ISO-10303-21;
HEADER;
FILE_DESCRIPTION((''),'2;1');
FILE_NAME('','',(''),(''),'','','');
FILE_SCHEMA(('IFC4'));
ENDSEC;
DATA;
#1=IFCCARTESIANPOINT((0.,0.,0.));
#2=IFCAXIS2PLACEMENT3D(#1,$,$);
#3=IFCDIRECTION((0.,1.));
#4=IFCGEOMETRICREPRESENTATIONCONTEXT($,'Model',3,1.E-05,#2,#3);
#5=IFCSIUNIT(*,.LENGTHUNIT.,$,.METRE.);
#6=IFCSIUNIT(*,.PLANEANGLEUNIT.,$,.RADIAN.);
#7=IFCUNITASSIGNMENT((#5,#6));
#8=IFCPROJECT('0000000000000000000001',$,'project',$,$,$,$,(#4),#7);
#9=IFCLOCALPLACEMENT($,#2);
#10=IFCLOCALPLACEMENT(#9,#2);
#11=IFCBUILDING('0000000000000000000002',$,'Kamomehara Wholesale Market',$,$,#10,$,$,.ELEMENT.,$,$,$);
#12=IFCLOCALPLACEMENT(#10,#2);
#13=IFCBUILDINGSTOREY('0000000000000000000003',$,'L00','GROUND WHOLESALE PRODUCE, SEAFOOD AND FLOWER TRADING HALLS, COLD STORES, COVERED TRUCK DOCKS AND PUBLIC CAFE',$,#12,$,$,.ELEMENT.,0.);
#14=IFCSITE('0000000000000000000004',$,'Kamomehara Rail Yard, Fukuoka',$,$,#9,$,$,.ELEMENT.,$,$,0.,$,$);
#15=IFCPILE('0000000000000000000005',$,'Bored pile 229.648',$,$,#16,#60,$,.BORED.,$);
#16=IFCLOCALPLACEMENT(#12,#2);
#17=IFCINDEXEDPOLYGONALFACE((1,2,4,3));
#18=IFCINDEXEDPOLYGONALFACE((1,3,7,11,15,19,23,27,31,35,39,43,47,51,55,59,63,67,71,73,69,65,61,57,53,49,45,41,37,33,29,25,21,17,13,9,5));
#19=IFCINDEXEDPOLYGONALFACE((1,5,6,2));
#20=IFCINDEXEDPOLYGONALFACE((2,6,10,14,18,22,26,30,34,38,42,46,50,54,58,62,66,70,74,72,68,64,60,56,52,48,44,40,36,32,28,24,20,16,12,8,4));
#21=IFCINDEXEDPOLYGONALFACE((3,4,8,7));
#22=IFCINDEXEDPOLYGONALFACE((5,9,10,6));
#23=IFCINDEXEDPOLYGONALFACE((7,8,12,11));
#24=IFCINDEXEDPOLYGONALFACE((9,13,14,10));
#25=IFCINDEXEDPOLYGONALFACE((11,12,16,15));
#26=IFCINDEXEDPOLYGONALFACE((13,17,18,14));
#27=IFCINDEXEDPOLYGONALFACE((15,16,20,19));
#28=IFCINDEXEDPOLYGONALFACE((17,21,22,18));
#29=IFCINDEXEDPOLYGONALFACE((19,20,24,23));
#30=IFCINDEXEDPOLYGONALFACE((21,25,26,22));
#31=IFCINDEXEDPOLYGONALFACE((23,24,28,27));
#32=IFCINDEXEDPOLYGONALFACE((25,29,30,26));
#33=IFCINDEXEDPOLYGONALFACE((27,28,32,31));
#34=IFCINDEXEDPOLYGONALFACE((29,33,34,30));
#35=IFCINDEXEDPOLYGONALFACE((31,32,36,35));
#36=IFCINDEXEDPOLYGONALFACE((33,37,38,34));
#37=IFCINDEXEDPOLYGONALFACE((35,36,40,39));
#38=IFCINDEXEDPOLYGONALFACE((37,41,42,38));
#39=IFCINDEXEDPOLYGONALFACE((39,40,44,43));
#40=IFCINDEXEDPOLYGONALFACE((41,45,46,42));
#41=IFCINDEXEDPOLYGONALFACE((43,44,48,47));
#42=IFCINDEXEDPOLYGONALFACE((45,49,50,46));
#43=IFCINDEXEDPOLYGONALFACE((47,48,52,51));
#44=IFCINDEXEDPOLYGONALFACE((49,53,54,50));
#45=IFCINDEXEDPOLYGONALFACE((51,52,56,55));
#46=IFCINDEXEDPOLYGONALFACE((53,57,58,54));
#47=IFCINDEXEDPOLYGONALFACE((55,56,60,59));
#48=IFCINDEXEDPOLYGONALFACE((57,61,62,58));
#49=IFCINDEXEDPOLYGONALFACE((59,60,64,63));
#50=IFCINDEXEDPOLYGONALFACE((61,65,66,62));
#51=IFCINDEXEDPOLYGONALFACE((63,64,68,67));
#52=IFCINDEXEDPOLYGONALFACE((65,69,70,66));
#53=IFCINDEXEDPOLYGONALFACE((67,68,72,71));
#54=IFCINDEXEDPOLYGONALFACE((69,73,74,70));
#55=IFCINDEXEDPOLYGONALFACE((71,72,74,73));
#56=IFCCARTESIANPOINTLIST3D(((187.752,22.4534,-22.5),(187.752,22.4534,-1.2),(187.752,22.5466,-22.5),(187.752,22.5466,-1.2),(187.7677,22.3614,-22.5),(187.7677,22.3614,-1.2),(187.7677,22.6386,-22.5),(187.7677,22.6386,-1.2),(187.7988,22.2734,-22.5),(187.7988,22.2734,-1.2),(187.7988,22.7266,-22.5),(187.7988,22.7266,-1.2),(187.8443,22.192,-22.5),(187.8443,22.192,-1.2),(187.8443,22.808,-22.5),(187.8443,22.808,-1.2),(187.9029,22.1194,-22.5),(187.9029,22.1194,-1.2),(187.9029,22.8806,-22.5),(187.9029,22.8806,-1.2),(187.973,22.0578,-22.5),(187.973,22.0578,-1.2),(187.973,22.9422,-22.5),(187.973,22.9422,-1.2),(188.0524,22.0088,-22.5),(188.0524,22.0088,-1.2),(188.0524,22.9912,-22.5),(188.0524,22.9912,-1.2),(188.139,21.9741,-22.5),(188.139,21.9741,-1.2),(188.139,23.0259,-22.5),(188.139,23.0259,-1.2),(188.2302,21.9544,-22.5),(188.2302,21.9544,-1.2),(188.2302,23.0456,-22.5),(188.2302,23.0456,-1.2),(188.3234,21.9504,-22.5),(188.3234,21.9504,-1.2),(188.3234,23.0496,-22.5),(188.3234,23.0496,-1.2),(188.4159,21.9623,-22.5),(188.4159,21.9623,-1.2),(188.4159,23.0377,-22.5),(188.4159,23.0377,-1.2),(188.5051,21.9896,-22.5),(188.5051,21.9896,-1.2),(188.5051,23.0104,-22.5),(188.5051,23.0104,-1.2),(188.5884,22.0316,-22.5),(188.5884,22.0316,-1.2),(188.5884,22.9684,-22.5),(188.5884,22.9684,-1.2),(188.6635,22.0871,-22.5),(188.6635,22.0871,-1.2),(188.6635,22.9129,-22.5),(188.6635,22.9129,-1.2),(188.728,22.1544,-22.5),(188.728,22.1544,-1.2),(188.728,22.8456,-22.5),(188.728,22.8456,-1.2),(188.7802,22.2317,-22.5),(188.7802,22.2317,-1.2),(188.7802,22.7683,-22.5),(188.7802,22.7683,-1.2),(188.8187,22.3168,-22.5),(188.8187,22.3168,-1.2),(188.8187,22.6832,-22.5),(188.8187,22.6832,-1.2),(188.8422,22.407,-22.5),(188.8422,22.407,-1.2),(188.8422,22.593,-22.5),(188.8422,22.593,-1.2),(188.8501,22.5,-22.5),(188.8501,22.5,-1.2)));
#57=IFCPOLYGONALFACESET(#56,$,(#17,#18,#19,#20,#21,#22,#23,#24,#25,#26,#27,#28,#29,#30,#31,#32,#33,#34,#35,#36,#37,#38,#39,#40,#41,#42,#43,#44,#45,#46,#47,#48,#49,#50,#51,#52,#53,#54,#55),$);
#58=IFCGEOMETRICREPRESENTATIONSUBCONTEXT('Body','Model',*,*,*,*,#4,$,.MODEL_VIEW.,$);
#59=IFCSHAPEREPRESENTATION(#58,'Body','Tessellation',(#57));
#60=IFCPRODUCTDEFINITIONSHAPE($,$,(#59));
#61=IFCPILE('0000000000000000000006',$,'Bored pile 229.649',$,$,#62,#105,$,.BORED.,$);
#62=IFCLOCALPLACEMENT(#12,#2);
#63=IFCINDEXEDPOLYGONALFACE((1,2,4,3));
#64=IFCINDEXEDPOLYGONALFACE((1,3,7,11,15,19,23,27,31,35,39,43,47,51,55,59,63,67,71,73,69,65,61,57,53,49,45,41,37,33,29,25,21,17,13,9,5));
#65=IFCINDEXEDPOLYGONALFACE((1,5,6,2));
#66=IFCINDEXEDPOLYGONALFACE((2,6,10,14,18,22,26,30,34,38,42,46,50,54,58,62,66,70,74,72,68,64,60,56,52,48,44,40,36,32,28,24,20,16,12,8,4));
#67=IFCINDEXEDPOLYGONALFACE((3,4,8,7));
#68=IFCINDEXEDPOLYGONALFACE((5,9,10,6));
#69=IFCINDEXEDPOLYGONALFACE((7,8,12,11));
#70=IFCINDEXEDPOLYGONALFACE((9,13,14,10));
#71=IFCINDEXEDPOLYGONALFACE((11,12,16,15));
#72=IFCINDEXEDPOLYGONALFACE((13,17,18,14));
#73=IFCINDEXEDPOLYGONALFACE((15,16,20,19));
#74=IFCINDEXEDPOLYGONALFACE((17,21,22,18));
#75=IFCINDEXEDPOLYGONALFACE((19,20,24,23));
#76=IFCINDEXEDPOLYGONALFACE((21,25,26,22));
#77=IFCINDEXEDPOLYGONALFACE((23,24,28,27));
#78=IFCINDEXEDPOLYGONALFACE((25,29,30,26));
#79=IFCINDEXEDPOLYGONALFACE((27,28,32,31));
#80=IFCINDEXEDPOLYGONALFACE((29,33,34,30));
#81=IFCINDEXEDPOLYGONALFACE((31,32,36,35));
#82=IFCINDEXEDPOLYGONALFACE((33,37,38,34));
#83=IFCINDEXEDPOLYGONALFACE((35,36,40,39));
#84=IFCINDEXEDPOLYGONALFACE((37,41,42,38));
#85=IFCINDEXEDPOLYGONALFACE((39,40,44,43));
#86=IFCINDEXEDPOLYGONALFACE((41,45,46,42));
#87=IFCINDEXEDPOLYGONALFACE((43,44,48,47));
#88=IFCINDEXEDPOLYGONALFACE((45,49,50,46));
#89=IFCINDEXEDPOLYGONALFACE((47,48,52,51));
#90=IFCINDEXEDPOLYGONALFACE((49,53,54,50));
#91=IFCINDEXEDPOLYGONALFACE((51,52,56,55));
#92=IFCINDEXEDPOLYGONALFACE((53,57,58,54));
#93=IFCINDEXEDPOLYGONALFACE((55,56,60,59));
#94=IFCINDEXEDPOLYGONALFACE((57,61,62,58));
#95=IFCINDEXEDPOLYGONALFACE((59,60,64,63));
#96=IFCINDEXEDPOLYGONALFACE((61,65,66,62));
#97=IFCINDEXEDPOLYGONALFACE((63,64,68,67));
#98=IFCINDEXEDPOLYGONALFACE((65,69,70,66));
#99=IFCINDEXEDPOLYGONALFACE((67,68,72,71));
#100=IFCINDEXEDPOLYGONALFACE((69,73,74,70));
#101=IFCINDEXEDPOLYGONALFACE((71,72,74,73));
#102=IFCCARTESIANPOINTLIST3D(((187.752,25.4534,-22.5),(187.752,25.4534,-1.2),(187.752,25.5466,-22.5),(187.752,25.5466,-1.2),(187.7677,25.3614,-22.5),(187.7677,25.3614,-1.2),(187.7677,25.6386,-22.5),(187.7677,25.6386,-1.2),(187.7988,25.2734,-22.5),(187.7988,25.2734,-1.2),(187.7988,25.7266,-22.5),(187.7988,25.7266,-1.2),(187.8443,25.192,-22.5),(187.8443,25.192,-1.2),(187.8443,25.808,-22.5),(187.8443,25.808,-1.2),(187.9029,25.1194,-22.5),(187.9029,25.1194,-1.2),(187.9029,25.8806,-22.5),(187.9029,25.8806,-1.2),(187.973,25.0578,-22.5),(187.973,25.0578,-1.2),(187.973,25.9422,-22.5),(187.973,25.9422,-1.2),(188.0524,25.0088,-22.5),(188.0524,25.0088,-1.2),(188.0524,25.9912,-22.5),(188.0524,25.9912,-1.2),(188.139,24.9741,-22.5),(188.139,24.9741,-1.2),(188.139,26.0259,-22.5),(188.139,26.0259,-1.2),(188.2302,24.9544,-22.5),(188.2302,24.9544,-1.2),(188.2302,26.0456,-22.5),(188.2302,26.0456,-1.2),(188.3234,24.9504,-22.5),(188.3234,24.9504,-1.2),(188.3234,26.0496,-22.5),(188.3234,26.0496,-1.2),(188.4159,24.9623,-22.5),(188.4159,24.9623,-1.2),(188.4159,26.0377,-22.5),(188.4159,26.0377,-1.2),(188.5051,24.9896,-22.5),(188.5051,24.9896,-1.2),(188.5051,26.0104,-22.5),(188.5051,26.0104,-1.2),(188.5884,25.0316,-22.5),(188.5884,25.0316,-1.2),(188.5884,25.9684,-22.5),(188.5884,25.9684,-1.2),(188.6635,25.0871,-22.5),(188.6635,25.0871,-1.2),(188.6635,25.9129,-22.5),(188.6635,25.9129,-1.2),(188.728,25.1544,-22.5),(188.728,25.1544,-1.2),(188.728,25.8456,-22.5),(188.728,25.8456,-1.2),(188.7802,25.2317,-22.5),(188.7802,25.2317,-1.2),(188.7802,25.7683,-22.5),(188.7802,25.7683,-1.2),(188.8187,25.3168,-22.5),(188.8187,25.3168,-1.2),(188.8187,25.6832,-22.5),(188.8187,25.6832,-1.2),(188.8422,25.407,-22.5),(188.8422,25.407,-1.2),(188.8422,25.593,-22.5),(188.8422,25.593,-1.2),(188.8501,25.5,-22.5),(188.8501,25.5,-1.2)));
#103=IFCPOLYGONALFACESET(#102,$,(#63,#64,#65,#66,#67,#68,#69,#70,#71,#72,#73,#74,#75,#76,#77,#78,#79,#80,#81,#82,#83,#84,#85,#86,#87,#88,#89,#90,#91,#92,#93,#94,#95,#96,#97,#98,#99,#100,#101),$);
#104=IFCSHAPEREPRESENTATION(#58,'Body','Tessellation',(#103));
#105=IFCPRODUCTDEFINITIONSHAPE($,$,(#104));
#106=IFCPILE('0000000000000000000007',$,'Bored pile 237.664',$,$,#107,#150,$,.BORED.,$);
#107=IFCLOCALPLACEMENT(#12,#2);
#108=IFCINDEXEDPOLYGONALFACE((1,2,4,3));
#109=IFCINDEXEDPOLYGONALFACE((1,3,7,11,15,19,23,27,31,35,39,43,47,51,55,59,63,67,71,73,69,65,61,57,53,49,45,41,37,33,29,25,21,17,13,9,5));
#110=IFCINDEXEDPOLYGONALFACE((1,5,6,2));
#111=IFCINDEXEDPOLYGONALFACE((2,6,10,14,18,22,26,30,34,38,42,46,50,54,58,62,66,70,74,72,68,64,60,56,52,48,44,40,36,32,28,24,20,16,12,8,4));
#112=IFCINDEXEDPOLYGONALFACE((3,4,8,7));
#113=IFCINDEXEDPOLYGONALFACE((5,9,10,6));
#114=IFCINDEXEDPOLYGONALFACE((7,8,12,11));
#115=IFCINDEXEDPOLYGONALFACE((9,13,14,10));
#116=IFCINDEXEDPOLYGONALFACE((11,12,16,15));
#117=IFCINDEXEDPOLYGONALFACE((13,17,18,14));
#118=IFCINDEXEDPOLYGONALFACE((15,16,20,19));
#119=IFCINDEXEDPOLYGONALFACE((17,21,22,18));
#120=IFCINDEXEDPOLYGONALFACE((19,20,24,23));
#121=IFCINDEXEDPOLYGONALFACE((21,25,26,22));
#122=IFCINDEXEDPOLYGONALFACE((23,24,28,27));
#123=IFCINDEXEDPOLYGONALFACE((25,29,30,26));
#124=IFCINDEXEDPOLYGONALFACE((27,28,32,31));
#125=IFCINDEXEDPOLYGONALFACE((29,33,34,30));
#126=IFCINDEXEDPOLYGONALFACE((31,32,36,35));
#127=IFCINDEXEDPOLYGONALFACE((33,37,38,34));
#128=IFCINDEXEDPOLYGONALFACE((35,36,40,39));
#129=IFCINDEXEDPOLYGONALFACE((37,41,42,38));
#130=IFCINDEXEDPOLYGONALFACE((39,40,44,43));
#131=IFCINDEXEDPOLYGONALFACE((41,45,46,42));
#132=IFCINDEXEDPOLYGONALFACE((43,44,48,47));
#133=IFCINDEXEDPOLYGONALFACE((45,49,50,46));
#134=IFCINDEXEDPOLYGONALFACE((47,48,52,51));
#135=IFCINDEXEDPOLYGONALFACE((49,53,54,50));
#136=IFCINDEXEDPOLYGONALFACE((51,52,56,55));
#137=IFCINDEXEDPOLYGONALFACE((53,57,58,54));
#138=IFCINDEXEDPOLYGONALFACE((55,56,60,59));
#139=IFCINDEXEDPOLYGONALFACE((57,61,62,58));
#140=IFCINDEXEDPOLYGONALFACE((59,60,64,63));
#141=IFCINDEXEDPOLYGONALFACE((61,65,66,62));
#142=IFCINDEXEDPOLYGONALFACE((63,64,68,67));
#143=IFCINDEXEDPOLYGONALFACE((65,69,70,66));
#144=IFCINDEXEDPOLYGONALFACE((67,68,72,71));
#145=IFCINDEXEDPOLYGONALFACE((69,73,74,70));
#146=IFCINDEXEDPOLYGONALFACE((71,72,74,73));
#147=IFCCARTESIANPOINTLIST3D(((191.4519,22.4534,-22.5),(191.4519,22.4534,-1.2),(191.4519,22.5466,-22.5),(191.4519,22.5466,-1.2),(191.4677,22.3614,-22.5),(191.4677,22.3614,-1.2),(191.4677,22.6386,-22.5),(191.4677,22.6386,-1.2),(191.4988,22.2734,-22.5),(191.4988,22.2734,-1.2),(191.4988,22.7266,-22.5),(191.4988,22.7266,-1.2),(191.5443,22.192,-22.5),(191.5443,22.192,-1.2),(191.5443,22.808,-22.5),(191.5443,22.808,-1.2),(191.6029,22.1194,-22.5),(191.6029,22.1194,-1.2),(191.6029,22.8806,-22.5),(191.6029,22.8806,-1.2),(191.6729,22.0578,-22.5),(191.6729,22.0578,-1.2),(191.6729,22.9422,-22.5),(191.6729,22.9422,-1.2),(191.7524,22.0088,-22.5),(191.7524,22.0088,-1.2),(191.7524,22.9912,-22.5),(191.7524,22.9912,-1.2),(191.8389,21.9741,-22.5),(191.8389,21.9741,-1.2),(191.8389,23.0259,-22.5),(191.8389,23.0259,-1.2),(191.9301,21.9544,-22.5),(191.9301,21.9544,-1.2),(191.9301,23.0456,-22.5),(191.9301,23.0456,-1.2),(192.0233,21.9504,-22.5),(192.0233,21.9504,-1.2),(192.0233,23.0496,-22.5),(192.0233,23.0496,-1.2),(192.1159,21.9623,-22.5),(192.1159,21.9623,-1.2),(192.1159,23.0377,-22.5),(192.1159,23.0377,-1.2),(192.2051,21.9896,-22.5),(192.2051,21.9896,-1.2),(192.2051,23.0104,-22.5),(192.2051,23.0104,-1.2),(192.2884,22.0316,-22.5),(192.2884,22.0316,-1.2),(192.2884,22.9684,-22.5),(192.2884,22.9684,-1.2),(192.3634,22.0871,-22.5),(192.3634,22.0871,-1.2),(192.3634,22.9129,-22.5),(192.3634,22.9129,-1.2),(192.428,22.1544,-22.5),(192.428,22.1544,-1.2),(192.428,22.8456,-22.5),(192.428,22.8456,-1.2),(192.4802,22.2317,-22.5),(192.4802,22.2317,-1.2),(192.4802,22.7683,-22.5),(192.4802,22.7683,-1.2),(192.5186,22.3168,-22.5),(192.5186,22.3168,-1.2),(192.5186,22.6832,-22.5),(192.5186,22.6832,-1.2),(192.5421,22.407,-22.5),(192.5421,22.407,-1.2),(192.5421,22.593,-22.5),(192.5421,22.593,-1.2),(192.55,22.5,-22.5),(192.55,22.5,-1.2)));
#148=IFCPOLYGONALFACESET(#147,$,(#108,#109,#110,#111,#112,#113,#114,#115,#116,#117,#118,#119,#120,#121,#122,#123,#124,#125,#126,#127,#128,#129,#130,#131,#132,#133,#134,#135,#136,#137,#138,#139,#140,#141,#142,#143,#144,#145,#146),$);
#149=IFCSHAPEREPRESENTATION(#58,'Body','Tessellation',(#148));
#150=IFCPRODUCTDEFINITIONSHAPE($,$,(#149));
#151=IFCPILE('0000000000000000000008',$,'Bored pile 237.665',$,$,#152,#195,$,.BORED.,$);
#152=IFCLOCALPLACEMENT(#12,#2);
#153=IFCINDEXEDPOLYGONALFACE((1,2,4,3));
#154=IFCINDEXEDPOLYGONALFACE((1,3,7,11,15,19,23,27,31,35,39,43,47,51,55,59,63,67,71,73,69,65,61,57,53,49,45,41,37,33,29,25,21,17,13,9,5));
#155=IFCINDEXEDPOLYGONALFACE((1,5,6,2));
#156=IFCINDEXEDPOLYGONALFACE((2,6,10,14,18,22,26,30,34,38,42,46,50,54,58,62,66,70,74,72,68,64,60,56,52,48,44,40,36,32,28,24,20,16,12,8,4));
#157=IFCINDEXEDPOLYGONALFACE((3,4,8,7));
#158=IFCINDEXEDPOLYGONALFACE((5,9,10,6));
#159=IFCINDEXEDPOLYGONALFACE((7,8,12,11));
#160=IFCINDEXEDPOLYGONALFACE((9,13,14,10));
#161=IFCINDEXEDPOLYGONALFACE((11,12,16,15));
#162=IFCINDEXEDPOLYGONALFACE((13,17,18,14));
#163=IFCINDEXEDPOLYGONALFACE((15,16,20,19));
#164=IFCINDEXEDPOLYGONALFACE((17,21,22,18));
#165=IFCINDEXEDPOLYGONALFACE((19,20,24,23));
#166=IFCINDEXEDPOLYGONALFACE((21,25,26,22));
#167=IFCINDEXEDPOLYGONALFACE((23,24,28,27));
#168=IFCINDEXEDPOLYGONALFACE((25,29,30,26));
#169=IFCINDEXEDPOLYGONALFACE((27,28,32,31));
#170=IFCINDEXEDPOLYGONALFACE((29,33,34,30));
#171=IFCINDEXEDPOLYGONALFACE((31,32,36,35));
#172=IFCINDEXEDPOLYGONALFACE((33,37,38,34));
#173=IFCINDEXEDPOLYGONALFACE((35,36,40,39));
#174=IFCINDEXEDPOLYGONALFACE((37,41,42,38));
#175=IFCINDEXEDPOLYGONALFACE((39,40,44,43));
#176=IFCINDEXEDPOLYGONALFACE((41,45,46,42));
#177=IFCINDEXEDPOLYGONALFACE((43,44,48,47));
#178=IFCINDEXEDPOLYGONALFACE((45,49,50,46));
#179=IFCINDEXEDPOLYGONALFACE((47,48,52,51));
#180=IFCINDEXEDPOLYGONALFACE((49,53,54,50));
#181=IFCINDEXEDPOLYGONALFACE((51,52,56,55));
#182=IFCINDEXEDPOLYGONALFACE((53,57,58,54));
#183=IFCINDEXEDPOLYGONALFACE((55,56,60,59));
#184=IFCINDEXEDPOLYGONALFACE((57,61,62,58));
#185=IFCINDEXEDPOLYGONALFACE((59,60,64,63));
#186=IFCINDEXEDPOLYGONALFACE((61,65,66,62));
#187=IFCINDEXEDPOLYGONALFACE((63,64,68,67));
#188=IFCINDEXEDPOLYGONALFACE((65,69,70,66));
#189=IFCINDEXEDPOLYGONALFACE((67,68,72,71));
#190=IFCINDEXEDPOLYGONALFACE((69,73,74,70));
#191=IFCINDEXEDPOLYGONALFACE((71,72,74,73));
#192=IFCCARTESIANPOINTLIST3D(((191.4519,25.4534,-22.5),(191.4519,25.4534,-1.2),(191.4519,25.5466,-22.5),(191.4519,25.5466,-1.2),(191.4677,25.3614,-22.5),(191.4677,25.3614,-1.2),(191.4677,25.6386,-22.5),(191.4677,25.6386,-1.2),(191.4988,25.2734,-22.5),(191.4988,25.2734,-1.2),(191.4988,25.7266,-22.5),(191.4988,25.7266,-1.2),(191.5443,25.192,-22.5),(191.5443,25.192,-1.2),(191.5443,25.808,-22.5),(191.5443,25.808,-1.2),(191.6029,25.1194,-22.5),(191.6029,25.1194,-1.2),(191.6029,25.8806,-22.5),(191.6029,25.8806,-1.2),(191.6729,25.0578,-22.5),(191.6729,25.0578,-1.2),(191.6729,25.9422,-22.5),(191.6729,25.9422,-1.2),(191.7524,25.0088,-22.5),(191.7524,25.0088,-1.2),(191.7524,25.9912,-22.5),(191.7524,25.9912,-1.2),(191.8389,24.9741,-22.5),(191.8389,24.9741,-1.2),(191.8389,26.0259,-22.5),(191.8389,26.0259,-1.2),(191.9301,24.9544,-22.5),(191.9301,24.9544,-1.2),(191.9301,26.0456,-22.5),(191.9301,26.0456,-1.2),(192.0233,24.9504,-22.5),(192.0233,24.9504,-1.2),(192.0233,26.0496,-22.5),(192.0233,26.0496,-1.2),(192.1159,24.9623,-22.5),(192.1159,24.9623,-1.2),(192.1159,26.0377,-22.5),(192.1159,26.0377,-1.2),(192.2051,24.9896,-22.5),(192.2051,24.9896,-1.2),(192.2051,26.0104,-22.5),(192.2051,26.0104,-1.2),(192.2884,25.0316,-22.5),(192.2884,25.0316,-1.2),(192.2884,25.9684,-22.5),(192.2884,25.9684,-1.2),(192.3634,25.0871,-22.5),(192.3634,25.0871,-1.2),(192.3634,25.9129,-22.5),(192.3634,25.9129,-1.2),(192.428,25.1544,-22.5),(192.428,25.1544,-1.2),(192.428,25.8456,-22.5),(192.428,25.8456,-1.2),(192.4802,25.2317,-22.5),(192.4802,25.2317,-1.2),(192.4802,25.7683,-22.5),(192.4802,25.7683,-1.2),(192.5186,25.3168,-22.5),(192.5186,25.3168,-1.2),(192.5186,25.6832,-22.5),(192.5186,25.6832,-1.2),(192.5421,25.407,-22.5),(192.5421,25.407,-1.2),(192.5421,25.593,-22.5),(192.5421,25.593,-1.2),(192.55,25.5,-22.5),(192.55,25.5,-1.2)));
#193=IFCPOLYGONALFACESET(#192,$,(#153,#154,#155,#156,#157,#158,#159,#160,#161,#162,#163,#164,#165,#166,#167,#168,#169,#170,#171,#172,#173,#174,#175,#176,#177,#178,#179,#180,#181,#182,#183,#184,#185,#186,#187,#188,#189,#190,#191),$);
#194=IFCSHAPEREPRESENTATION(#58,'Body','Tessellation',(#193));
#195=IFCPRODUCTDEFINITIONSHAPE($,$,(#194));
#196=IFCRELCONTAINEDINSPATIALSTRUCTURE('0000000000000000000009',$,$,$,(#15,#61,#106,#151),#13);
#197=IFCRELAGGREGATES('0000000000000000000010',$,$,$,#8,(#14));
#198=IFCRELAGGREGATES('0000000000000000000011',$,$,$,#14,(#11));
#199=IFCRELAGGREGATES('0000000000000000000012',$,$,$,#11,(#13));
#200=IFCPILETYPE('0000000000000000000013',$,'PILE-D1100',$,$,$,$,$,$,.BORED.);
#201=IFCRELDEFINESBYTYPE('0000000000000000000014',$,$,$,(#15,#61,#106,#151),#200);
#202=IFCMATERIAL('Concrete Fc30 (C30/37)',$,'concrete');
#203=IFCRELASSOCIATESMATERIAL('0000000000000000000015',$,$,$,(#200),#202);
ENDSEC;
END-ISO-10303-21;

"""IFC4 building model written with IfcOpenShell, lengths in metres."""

from ifc_helpers import new_model, si_unit, direction, frame, origin, origin_2d, place, context, subcontext, project, spatial, circle, extrude, material, material_profile, profile_set, type_object, element, save


model = new_model("IFC4")

# Units and contexts
model_context = context("Model", 3, precision=1e-05, world=origin(), true_north=direction((0.0, 1.0)))
body_context = subcontext(model_context, "Body", "Model", "MODEL_VIEW")
ifc_project = project(units=[si_unit("LENGTHUNIT", "METRE"), si_unit("PLANEANGLEUNIT", "RADIAN")], contexts=[model_context])

# Site, building, storey
site_placement = place(None, origin())
site = spatial("IfcSite", under=ifc_project, at=site_placement, Name="Kamomehara Rail Yard, Fukuoka", CompositionType="ELEMENT", RefElevation=0.0)
building_placement = place(site_placement, origin())
building = spatial("IfcBuilding", under=site, at=building_placement, Name="Kamomehara Wholesale Market", CompositionType="ELEMENT")
storey_placement = place(building_placement, origin())
storey = spatial("IfcBuildingStorey", under=building, at=storey_placement, Name="L00", Description="GROUND WHOLESALE PRODUCE, SEAFOOD AND FLOWER TRADING HALLS, COLD STORES, COVERED TRUCK DOCKS AND PUBLIC CAFE", CompositionType="ELEMENT", Elevation=0.0)

# Piles
ifc_material_1 = material(Name="Concrete Fc30 (C30/37)", Category="concrete")
ifc_material_profile_1 = material_profile(ifc_material_1, circle(Radius=0.55, at=origin_2d()), Name="RC-PILE-D1100")
ifc_profile_set_1 = profile_set([ifc_material_profile_1], Name="Concrete Fc30 (C30/37)")
pile_type_1 = type_object("IfcPileType", Name="PILE-D1100", PredefinedType="BORED", material=ifc_profile_set_1)
for number, where, z_axis, x_axis, name in (
    (1, (188.3, 22.5, -1.2), (0.0, 0.0, -1.0), (1.0, 0.0, 0.0), "Bored pile 229.648"),
    (2, (188.3, 25.5, -1.2), (0.0, 0.0, -1.0), (1.0, 0.0, 0.0), "Bored pile 229.649"),
    (3, (192.0, 22.5, -1.2), (0.0, 0.0, -1.0), (1.0, 0.0, 0.0), "Bored pile 237.664"),
    (4, (192.0, 25.5, -1.2), (0.0, 0.0, -1.0), (1.0, 0.0, 0.0), "Bored pile 237.665"),
):
    element("IfcPile", number, at=place(storey_placement, frame(where, z_axis=z_axis, x_axis=x_axis)), inside=storey, type_object=pile_type_1, Name=name, PredefinedType="BORED", context=body_context, shape_type="SweptSolid", body=[
        extrude(circle(Radius=0.55, at=origin_2d()), origin(), (0.0, 0.0, 1.0), 21.3),
    ])

save(model, "model.ifc")
